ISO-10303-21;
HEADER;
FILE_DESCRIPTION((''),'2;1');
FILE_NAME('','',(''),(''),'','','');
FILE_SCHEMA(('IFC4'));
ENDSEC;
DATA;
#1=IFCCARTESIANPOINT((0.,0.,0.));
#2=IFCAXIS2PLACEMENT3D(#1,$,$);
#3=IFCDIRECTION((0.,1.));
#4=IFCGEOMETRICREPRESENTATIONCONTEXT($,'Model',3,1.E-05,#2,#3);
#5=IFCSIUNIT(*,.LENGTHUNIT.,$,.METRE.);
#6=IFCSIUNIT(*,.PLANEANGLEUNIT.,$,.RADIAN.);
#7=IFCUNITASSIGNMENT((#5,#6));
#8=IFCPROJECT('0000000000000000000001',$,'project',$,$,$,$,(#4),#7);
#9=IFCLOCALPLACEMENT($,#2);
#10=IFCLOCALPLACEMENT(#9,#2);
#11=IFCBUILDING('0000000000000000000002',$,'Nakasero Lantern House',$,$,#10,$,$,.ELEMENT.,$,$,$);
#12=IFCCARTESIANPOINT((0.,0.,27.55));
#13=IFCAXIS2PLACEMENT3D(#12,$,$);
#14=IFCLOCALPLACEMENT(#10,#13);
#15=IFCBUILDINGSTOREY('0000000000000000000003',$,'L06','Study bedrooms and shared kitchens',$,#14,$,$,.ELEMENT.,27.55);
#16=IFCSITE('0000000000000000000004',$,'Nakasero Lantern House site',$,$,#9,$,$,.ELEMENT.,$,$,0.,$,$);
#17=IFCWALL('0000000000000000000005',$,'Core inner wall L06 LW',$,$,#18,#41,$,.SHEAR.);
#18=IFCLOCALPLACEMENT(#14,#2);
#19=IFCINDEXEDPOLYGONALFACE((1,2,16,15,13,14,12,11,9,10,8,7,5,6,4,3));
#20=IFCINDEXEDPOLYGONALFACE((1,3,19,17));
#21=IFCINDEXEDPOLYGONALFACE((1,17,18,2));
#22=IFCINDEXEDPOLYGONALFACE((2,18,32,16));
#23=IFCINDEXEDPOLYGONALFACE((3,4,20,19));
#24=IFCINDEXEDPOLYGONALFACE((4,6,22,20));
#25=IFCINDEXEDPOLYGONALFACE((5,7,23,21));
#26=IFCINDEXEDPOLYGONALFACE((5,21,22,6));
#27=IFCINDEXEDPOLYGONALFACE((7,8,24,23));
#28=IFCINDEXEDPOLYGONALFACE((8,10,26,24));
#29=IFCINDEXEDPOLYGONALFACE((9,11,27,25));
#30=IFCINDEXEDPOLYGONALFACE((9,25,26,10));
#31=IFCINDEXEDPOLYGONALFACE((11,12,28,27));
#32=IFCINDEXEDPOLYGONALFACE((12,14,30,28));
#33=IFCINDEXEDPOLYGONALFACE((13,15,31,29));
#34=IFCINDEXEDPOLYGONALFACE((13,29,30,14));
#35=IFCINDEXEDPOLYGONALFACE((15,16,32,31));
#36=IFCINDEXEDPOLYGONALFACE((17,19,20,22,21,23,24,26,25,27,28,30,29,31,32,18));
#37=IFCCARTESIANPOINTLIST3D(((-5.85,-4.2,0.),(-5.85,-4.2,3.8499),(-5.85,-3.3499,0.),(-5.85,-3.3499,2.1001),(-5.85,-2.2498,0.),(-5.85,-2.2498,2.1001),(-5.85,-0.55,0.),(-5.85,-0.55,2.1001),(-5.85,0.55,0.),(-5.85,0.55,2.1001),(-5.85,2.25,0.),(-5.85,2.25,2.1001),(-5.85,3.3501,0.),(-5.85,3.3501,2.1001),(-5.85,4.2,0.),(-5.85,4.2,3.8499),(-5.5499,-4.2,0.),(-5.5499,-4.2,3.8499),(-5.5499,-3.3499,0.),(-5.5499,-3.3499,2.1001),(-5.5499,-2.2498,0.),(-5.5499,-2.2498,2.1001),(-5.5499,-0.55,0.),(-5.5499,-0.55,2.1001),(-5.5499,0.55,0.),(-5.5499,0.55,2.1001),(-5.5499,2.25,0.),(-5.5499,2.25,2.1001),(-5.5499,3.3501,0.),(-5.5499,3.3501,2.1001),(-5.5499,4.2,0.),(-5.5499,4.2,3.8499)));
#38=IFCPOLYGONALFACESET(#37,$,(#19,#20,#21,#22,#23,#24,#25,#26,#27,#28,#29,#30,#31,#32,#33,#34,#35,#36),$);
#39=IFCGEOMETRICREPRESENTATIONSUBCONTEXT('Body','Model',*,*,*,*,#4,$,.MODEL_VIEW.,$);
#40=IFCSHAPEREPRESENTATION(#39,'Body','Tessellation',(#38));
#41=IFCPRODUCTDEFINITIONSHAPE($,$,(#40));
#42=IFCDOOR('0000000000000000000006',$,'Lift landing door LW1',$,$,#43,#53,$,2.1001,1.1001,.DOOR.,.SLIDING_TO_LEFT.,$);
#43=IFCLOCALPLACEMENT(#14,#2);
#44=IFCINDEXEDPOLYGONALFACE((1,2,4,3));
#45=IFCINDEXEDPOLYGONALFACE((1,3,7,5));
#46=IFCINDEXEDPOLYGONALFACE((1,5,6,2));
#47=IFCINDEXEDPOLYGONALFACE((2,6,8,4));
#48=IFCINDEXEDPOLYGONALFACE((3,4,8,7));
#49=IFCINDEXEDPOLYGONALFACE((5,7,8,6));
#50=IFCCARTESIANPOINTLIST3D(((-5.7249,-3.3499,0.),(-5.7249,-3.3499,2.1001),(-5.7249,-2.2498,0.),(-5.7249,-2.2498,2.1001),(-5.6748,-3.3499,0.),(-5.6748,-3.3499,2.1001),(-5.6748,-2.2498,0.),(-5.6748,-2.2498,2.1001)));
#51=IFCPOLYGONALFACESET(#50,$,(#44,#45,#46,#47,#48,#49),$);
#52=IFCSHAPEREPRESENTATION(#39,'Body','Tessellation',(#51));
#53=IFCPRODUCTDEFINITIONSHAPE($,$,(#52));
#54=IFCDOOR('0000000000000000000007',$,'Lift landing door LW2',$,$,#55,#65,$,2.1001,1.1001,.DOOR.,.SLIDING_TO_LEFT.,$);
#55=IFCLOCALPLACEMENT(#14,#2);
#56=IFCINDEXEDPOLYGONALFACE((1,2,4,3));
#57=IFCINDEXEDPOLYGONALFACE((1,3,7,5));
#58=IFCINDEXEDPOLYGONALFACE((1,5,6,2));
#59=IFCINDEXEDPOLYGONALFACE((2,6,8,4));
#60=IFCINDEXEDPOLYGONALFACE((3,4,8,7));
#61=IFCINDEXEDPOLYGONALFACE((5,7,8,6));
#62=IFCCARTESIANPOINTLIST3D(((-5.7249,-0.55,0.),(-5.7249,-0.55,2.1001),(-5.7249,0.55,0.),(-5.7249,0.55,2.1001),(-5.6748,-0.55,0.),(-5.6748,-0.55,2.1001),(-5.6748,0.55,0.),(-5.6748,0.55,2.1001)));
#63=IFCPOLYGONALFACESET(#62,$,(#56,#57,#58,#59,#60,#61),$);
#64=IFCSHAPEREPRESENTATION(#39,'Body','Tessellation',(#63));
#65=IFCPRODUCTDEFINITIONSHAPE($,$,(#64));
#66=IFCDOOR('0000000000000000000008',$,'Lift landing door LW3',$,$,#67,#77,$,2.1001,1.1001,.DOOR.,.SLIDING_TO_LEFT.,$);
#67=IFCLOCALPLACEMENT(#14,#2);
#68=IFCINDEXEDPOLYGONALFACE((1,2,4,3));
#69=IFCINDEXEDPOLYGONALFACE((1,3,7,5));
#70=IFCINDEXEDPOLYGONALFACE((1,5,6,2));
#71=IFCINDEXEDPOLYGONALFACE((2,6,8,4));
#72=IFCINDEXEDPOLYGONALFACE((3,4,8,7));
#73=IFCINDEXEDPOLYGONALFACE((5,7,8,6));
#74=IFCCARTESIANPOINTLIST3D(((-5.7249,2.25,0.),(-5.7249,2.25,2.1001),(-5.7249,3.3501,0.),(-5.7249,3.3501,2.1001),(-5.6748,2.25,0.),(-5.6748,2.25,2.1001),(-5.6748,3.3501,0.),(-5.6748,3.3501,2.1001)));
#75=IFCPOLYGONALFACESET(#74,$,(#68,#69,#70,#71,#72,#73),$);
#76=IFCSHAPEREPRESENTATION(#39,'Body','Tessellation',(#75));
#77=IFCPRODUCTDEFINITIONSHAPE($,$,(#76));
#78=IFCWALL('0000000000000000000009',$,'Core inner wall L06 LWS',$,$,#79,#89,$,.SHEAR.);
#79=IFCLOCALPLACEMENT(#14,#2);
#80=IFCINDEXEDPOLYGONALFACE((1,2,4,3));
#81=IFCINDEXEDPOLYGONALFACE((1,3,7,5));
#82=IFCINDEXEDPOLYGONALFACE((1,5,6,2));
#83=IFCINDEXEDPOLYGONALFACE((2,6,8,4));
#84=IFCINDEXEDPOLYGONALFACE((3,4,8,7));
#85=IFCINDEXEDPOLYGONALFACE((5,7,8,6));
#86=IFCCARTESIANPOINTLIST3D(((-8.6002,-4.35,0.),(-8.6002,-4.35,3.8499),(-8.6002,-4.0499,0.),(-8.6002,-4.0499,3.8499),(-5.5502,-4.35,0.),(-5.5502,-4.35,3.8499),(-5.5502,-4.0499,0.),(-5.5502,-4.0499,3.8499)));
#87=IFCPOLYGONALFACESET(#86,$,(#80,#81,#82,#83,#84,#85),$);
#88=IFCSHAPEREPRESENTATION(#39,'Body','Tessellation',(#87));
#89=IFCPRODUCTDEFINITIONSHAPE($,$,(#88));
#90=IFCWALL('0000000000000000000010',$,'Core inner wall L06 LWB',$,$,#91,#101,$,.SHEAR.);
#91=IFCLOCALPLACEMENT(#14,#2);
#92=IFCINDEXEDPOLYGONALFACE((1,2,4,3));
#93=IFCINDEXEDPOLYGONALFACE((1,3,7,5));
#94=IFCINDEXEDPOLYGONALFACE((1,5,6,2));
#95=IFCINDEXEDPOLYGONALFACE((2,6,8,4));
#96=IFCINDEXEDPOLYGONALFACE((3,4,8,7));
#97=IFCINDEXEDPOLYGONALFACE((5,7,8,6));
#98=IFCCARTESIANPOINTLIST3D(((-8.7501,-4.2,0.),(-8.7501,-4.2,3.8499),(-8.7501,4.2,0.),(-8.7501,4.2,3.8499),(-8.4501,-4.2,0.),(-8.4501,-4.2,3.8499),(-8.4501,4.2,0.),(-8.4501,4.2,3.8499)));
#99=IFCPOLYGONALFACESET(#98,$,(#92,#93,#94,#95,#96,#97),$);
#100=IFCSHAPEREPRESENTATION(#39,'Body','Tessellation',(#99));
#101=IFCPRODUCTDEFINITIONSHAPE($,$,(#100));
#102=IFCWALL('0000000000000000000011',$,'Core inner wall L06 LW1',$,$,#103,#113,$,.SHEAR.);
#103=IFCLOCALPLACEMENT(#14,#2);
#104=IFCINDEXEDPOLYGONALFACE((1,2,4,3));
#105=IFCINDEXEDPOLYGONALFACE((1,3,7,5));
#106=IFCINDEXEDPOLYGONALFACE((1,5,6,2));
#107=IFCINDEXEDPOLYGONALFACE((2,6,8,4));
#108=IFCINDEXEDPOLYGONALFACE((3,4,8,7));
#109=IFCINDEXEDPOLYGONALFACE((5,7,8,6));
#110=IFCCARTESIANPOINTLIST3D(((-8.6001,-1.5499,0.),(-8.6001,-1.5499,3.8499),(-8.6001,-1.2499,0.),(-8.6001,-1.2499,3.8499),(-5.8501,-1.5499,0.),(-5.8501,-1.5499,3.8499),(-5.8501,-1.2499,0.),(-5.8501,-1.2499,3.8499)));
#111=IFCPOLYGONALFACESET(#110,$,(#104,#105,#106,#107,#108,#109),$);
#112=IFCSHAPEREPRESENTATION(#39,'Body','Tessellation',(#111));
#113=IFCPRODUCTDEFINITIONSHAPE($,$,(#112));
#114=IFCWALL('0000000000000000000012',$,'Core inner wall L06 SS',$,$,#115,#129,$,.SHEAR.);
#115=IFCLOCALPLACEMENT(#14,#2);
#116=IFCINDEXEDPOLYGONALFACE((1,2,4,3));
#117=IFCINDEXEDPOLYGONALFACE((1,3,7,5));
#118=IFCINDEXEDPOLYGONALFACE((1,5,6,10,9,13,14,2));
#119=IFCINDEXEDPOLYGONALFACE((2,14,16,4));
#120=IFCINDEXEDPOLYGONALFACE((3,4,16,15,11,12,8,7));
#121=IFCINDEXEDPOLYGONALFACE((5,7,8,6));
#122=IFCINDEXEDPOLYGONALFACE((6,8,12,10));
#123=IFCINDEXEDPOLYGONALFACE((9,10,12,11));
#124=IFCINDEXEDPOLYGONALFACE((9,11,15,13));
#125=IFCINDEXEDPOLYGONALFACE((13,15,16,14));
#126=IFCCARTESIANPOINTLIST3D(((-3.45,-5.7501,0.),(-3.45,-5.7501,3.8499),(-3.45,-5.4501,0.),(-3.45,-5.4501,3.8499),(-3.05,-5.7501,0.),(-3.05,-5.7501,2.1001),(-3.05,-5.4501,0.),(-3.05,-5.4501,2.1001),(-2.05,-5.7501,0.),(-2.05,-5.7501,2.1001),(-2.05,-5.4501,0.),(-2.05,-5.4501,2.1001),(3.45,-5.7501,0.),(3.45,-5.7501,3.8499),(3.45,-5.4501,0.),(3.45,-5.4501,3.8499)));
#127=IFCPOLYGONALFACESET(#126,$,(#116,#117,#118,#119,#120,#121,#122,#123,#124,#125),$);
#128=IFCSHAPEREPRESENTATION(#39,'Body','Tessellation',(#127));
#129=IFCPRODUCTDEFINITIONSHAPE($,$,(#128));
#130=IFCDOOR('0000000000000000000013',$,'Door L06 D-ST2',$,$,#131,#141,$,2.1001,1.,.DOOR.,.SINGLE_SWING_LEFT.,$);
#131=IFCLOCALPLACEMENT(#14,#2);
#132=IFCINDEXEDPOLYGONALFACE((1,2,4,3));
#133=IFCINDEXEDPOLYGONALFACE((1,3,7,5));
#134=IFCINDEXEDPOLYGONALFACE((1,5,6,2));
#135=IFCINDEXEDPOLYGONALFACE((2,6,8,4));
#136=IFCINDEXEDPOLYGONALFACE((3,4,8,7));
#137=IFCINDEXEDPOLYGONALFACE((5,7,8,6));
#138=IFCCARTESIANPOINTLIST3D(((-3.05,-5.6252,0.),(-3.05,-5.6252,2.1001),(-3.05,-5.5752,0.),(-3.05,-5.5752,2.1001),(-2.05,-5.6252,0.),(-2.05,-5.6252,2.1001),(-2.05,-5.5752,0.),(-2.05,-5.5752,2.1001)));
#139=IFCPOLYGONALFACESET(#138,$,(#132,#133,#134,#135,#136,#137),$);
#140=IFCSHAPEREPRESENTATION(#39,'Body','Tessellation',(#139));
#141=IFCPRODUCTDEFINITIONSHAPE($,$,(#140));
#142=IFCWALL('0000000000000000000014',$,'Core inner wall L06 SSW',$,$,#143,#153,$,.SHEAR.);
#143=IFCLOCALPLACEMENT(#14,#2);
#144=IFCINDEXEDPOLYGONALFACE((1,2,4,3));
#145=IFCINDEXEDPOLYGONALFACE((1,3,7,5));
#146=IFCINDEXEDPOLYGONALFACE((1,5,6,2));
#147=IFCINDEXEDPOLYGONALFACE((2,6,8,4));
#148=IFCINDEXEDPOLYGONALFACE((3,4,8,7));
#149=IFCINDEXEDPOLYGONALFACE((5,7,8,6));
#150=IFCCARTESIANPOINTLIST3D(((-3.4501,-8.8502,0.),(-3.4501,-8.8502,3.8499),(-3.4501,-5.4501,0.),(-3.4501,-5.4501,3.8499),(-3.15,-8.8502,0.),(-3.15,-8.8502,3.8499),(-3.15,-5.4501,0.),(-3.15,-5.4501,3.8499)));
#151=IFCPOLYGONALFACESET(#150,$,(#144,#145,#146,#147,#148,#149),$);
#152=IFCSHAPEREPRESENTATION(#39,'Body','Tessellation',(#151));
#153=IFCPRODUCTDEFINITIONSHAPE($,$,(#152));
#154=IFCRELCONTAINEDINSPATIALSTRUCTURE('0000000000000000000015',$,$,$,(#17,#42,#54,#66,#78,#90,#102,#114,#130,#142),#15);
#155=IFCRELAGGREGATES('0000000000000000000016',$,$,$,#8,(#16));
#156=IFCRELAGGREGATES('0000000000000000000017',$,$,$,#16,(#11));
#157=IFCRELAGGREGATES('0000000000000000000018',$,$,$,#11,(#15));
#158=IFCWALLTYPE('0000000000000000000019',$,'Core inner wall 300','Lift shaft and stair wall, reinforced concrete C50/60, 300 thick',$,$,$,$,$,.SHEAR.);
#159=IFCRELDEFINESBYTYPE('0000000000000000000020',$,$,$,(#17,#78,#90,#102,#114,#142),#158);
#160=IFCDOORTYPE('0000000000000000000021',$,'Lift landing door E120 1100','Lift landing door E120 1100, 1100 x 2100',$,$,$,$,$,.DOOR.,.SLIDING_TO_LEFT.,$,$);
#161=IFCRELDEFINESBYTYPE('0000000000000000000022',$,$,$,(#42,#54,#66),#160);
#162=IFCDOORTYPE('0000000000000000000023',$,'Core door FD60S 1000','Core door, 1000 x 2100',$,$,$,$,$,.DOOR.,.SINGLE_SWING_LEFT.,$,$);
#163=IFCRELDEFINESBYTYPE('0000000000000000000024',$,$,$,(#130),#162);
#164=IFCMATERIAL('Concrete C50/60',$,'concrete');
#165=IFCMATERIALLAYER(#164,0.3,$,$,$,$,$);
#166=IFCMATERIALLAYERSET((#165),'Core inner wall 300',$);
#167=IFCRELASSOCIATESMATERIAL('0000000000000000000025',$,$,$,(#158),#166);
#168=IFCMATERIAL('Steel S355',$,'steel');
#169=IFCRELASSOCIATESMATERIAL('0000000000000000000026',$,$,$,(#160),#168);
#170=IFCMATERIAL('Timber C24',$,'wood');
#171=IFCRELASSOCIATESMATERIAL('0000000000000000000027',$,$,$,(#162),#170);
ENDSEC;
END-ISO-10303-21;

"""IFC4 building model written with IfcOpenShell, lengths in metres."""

from ifc_helpers import new_model, si_unit, direction, frame, frame_2d, origin, place, context, subcontext, project, spatial, rectangle, extrude, material, layer, layer_set, type_object, element, fill, save


model = new_model("IFC4")

# Units and contexts
model_context = context("Model", 3, precision=1e-05, world=origin(), true_north=direction((0.0, 1.0)))
body_context = subcontext(model_context, "Body", "Model", "MODEL_VIEW")
ifc_project = project(units=[si_unit("LENGTHUNIT", "METRE"), si_unit("PLANEANGLEUNIT", "RADIAN")], contexts=[model_context])

# Site, building, storey
site_placement = place(None, origin())
site = spatial("IfcSite", under=ifc_project, at=site_placement, Name="Nakasero Lantern House site", CompositionType="ELEMENT", RefElevation=0.0)
building_placement = place(site_placement, origin())
building = spatial("IfcBuilding", under=site, at=building_placement, Name="Nakasero Lantern House", CompositionType="ELEMENT")
storey_placement = place(building_placement, frame((0.0, 0.0, 27.55)))
storey = spatial("IfcBuildingStorey", under=building, at=storey_placement, Name="L06", Description="Study bedrooms and shared kitchens", CompositionType="ELEMENT", Elevation=27.55)

# Wall, openings, doors
ifc_material_1 = material(Name="Concrete C50/60", Category="concrete")
ifc_layer_1 = layer(ifc_material_1, 0.3)
ifc_layer_set_1 = layer_set([ifc_layer_1], Name="Core inner wall 300")
wall_type_1 = type_object("IfcWallType", Name="Core inner wall 300", Description="Lift shaft and stair wall, reinforced concrete C50/60, 300 thick", PredefinedType="SHEAR", material=ifc_layer_set_1)
wall_1_placement = place(storey_placement, frame((-5.7, -4.2, 0.0), z_axis=(0.0, 0.0, 1.0), x_axis=(0.0, 1.0, 0.0)))
wall_1 = element("IfcWall", 1, at=wall_1_placement, inside=storey, type_object=wall_type_1, Name="Core inner wall L06 LW", PredefinedType="SHEAR", context=body_context, shape_type="SweptSolid", body=[
    extrude(rectangle(XDim=8.3999, YDim=0.3, at=frame_2d((4.2, 0.0))), origin(), (0.0, 0.0, 1.0), 3.8499),
])
opening_1_placement = place(wall_1_placement, frame((0.8501, 0.0, 0.0)))
opening_1 = element("IfcOpeningElement", 2, at=opening_1_placement, cuts=wall_1, PredefinedType="OPENING", context=body_context, shape_type="SweptSolid", body=[
    extrude(rectangle(XDim=1.1001, YDim=2.1001, at=frame_2d((0.55, 1.05))), frame((0.0, 0.1699, 0.0), z_axis=(0.0, -1.0, 0.0), x_axis=(1.0, 0.0, 0.0)), (0.0, 0.0, 1.0), 0.3401),
])
opening_2_placement = place(wall_1_placement, frame((3.6499, 0.0, 0.0)))
opening_2 = element("IfcOpeningElement", 3, at=opening_2_placement, cuts=wall_1, PredefinedType="OPENING", context=body_context, shape_type="SweptSolid", body=[
    extrude(rectangle(XDim=1.1001, YDim=2.1001, at=frame_2d((0.55, 1.05))), frame((0.0, 0.1699, 0.0), z_axis=(0.0, -1.0, 0.0), x_axis=(1.0, 0.0, 0.0)), (0.0, 0.0, 1.0), 0.3401),
])
opening_3_placement = place(wall_1_placement, frame((6.45, 0.0, 0.0)))
opening_3 = element("IfcOpeningElement", 4, at=opening_3_placement, cuts=wall_1, PredefinedType="OPENING", context=body_context, shape_type="SweptSolid", body=[
    extrude(rectangle(XDim=1.1001, YDim=2.1001, at=frame_2d((0.55, 1.05))), frame((0.0, 0.1699, 0.0), z_axis=(0.0, -1.0, 0.0), x_axis=(1.0, 0.0, 0.0)), (0.0, 0.0, 1.0), 0.3401),
])
ifc_material_2 = material(Name="Steel S355", Category="steel")
door_type_1 = type_object("IfcDoorType", Name="Lift landing door E120 1100", Description="Lift landing door E120 1100, 1100 x 2100", OperationType="SLIDING_TO_LEFT", PredefinedType="DOOR", material=ifc_material_2)
door_1_placement = place(opening_1_placement, origin())
door_1 = element("IfcDoor", 5, at=door_1_placement, inside=storey, type_object=door_type_1, Name="Lift landing door LW1", OperationType="SLIDING_TO_LEFT", OverallHeight=2.1001, OverallWidth=1.1001, PredefinedType="DOOR", context=body_context, shape_type="SweptSolid", body=[
    extrude(rectangle(XDim=1.1001, YDim=2.1001, at=frame_2d((0.55, 1.05))), frame((0.0, 0.0249, 0.0), z_axis=(0.0, -1.0, 0.0), x_axis=(1.0, 0.0, 0.0)), (0.0, 0.0, 1.0), 0.05),
])
fill(opening_1, door_1)
door_2_placement = place(opening_2_placement, origin())
door_2 = element("IfcDoor", 6, at=door_2_placement, inside=storey, type_object=door_type_1, Name="Lift landing door LW2", OperationType="SLIDING_TO_LEFT", OverallHeight=2.1001, OverallWidth=1.1001, PredefinedType="DOOR", context=body_context, shape_type="SweptSolid", body=[
    extrude(rectangle(XDim=1.1001, YDim=2.1001, at=frame_2d((0.55, 1.05))), frame((0.0, 0.0249, 0.0), z_axis=(0.0, -1.0, 0.0), x_axis=(1.0, 0.0, 0.0)), (0.0, 0.0, 1.0), 0.05),
])
fill(opening_2, door_2)
door_3_placement = place(opening_3_placement, origin())
door_3 = element("IfcDoor", 7, at=door_3_placement, inside=storey, type_object=door_type_1, Name="Lift landing door LW3", OperationType="SLIDING_TO_LEFT", OverallHeight=2.1001, OverallWidth=1.1001, PredefinedType="DOOR", context=body_context, shape_type="SweptSolid", body=[
    extrude(rectangle(XDim=1.1001, YDim=2.1001, at=frame_2d((0.55, 1.05))), frame((0.0, 0.0249, 0.0), z_axis=(0.0, -1.0, 0.0), x_axis=(1.0, 0.0, 0.0)), (0.0, 0.0, 1.0), 0.05),
])
fill(opening_3, door_3)

# Walls
wall_2_placement = place(storey_placement, frame((-8.6001, -4.2, 0.0), z_axis=(0.0, 0.0, 1.0), x_axis=(1.0, 0.0, 0.0)))
element("IfcWall", 8, at=wall_2_placement, inside=storey, type_object=wall_type_1, Name="Core inner wall L06 LWS", PredefinedType="SHEAR", context=body_context, shape_type="SweptSolid", body=[
    extrude(rectangle(XDim=3.05, YDim=0.3, at=frame_2d((1.5249, 0.0))), origin(), (0.0, 0.0, 1.0), 3.8499),
])
wall_3_placement = place(storey_placement, frame((-8.6001, -4.2, 0.0), z_axis=(0.0, 0.0, 1.0), x_axis=(0.0, 1.0, 0.0)))
element("IfcWall", 9, at=wall_3_placement, inside=storey, type_object=wall_type_1, Name="Core inner wall L06 LWB", PredefinedType="SHEAR", context=body_context, shape_type="SweptSolid", body=[
    extrude(rectangle(XDim=8.3999, YDim=0.3, at=frame_2d((4.2, 0.0))), origin(), (0.0, 0.0, 1.0), 3.8499),
])
wall_4_placement = place(storey_placement, frame((-8.6001, -1.3999, 0.0), z_axis=(0.0, 0.0, 1.0), x_axis=(1.0, 0.0, 0.0)))
element("IfcWall", 10, at=wall_4_placement, inside=storey, type_object=wall_type_1, Name="Core inner wall L06 LW1", PredefinedType="SHEAR", context=body_context, shape_type="SweptSolid", body=[
    extrude(rectangle(XDim=2.75, YDim=0.3, at=frame_2d((1.375, 0.0))), origin(), (0.0, 0.0, 1.0), 3.8499),
])

# Wall, opening, door
wall_5_placement = place(storey_placement, frame((-3.45, -5.6001, 0.0), z_axis=(0.0, 0.0, 1.0), x_axis=(1.0, 0.0, 0.0)))
wall_5 = element("IfcWall", 11, at=wall_5_placement, inside=storey, type_object=wall_type_1, Name="Core inner wall L06 SS", PredefinedType="SHEAR", context=body_context, shape_type="SweptSolid", body=[
    extrude(rectangle(XDim=6.8999, YDim=0.3, at=frame_2d((3.45, 0.0))), origin(), (0.0, 0.0, 1.0), 3.8499),
])
opening_4_placement = place(wall_5_placement, frame((0.3999, 0.0, 0.0)))
opening_4 = element("IfcOpeningElement", 12, at=opening_4_placement, cuts=wall_5, PredefinedType="OPENING", context=body_context, shape_type="SweptSolid", body=[
    extrude(rectangle(XDim=1.0, YDim=2.1001, at=frame_2d((0.5, 1.05))), frame((0.0, 0.1699, 0.0), z_axis=(0.0, -1.0, 0.0), x_axis=(1.0, 0.0, 0.0)), (0.0, 0.0, 1.0), 0.3401),
])
ifc_material_3 = material(Name="Timber C24", Category="wood")
door_type_2 = type_object("IfcDoorType", Name="Core door FD60S 1000", Description="Core door, 1000 x 2100", OperationType="SINGLE_SWING_LEFT", PredefinedType="DOOR", material=ifc_material_3)
door_4_placement = place(opening_4_placement, origin())
door_4 = element("IfcDoor", 13, at=door_4_placement, inside=storey, type_object=door_type_2, Name="Door L06 D-ST2", OperationType="SINGLE_SWING_LEFT", OverallHeight=2.1001, OverallWidth=1.0, PredefinedType="DOOR", context=body_context, shape_type="SweptSolid", body=[
    extrude(rectangle(XDim=1.0, YDim=2.1001, at=frame_2d((0.5, 1.05))), frame((0.0, 0.0249, 0.0), z_axis=(0.0, -1.0, 0.0), x_axis=(1.0, 0.0, 0.0)), (0.0, 0.0, 1.0), 0.05),
])
fill(opening_4, door_4)

# Wall
wall_6_placement = place(storey_placement, frame((-3.3, -5.45, 0.0), z_axis=(0.0, 0.0, 1.0), x_axis=(0.0, -1.0, 0.0)))
element("IfcWall", 14, at=wall_6_placement, inside=storey, type_object=wall_type_1, Name="Core inner wall L06 SSW", PredefinedType="SHEAR", context=body_context, shape_type="SweptSolid", body=[
    extrude(rectangle(XDim=3.4001, YDim=0.3, at=frame_2d((1.7002, 0.0))), origin(), (0.0, 0.0, 1.0), 3.8499),
])

save(model, "model.ifc")
